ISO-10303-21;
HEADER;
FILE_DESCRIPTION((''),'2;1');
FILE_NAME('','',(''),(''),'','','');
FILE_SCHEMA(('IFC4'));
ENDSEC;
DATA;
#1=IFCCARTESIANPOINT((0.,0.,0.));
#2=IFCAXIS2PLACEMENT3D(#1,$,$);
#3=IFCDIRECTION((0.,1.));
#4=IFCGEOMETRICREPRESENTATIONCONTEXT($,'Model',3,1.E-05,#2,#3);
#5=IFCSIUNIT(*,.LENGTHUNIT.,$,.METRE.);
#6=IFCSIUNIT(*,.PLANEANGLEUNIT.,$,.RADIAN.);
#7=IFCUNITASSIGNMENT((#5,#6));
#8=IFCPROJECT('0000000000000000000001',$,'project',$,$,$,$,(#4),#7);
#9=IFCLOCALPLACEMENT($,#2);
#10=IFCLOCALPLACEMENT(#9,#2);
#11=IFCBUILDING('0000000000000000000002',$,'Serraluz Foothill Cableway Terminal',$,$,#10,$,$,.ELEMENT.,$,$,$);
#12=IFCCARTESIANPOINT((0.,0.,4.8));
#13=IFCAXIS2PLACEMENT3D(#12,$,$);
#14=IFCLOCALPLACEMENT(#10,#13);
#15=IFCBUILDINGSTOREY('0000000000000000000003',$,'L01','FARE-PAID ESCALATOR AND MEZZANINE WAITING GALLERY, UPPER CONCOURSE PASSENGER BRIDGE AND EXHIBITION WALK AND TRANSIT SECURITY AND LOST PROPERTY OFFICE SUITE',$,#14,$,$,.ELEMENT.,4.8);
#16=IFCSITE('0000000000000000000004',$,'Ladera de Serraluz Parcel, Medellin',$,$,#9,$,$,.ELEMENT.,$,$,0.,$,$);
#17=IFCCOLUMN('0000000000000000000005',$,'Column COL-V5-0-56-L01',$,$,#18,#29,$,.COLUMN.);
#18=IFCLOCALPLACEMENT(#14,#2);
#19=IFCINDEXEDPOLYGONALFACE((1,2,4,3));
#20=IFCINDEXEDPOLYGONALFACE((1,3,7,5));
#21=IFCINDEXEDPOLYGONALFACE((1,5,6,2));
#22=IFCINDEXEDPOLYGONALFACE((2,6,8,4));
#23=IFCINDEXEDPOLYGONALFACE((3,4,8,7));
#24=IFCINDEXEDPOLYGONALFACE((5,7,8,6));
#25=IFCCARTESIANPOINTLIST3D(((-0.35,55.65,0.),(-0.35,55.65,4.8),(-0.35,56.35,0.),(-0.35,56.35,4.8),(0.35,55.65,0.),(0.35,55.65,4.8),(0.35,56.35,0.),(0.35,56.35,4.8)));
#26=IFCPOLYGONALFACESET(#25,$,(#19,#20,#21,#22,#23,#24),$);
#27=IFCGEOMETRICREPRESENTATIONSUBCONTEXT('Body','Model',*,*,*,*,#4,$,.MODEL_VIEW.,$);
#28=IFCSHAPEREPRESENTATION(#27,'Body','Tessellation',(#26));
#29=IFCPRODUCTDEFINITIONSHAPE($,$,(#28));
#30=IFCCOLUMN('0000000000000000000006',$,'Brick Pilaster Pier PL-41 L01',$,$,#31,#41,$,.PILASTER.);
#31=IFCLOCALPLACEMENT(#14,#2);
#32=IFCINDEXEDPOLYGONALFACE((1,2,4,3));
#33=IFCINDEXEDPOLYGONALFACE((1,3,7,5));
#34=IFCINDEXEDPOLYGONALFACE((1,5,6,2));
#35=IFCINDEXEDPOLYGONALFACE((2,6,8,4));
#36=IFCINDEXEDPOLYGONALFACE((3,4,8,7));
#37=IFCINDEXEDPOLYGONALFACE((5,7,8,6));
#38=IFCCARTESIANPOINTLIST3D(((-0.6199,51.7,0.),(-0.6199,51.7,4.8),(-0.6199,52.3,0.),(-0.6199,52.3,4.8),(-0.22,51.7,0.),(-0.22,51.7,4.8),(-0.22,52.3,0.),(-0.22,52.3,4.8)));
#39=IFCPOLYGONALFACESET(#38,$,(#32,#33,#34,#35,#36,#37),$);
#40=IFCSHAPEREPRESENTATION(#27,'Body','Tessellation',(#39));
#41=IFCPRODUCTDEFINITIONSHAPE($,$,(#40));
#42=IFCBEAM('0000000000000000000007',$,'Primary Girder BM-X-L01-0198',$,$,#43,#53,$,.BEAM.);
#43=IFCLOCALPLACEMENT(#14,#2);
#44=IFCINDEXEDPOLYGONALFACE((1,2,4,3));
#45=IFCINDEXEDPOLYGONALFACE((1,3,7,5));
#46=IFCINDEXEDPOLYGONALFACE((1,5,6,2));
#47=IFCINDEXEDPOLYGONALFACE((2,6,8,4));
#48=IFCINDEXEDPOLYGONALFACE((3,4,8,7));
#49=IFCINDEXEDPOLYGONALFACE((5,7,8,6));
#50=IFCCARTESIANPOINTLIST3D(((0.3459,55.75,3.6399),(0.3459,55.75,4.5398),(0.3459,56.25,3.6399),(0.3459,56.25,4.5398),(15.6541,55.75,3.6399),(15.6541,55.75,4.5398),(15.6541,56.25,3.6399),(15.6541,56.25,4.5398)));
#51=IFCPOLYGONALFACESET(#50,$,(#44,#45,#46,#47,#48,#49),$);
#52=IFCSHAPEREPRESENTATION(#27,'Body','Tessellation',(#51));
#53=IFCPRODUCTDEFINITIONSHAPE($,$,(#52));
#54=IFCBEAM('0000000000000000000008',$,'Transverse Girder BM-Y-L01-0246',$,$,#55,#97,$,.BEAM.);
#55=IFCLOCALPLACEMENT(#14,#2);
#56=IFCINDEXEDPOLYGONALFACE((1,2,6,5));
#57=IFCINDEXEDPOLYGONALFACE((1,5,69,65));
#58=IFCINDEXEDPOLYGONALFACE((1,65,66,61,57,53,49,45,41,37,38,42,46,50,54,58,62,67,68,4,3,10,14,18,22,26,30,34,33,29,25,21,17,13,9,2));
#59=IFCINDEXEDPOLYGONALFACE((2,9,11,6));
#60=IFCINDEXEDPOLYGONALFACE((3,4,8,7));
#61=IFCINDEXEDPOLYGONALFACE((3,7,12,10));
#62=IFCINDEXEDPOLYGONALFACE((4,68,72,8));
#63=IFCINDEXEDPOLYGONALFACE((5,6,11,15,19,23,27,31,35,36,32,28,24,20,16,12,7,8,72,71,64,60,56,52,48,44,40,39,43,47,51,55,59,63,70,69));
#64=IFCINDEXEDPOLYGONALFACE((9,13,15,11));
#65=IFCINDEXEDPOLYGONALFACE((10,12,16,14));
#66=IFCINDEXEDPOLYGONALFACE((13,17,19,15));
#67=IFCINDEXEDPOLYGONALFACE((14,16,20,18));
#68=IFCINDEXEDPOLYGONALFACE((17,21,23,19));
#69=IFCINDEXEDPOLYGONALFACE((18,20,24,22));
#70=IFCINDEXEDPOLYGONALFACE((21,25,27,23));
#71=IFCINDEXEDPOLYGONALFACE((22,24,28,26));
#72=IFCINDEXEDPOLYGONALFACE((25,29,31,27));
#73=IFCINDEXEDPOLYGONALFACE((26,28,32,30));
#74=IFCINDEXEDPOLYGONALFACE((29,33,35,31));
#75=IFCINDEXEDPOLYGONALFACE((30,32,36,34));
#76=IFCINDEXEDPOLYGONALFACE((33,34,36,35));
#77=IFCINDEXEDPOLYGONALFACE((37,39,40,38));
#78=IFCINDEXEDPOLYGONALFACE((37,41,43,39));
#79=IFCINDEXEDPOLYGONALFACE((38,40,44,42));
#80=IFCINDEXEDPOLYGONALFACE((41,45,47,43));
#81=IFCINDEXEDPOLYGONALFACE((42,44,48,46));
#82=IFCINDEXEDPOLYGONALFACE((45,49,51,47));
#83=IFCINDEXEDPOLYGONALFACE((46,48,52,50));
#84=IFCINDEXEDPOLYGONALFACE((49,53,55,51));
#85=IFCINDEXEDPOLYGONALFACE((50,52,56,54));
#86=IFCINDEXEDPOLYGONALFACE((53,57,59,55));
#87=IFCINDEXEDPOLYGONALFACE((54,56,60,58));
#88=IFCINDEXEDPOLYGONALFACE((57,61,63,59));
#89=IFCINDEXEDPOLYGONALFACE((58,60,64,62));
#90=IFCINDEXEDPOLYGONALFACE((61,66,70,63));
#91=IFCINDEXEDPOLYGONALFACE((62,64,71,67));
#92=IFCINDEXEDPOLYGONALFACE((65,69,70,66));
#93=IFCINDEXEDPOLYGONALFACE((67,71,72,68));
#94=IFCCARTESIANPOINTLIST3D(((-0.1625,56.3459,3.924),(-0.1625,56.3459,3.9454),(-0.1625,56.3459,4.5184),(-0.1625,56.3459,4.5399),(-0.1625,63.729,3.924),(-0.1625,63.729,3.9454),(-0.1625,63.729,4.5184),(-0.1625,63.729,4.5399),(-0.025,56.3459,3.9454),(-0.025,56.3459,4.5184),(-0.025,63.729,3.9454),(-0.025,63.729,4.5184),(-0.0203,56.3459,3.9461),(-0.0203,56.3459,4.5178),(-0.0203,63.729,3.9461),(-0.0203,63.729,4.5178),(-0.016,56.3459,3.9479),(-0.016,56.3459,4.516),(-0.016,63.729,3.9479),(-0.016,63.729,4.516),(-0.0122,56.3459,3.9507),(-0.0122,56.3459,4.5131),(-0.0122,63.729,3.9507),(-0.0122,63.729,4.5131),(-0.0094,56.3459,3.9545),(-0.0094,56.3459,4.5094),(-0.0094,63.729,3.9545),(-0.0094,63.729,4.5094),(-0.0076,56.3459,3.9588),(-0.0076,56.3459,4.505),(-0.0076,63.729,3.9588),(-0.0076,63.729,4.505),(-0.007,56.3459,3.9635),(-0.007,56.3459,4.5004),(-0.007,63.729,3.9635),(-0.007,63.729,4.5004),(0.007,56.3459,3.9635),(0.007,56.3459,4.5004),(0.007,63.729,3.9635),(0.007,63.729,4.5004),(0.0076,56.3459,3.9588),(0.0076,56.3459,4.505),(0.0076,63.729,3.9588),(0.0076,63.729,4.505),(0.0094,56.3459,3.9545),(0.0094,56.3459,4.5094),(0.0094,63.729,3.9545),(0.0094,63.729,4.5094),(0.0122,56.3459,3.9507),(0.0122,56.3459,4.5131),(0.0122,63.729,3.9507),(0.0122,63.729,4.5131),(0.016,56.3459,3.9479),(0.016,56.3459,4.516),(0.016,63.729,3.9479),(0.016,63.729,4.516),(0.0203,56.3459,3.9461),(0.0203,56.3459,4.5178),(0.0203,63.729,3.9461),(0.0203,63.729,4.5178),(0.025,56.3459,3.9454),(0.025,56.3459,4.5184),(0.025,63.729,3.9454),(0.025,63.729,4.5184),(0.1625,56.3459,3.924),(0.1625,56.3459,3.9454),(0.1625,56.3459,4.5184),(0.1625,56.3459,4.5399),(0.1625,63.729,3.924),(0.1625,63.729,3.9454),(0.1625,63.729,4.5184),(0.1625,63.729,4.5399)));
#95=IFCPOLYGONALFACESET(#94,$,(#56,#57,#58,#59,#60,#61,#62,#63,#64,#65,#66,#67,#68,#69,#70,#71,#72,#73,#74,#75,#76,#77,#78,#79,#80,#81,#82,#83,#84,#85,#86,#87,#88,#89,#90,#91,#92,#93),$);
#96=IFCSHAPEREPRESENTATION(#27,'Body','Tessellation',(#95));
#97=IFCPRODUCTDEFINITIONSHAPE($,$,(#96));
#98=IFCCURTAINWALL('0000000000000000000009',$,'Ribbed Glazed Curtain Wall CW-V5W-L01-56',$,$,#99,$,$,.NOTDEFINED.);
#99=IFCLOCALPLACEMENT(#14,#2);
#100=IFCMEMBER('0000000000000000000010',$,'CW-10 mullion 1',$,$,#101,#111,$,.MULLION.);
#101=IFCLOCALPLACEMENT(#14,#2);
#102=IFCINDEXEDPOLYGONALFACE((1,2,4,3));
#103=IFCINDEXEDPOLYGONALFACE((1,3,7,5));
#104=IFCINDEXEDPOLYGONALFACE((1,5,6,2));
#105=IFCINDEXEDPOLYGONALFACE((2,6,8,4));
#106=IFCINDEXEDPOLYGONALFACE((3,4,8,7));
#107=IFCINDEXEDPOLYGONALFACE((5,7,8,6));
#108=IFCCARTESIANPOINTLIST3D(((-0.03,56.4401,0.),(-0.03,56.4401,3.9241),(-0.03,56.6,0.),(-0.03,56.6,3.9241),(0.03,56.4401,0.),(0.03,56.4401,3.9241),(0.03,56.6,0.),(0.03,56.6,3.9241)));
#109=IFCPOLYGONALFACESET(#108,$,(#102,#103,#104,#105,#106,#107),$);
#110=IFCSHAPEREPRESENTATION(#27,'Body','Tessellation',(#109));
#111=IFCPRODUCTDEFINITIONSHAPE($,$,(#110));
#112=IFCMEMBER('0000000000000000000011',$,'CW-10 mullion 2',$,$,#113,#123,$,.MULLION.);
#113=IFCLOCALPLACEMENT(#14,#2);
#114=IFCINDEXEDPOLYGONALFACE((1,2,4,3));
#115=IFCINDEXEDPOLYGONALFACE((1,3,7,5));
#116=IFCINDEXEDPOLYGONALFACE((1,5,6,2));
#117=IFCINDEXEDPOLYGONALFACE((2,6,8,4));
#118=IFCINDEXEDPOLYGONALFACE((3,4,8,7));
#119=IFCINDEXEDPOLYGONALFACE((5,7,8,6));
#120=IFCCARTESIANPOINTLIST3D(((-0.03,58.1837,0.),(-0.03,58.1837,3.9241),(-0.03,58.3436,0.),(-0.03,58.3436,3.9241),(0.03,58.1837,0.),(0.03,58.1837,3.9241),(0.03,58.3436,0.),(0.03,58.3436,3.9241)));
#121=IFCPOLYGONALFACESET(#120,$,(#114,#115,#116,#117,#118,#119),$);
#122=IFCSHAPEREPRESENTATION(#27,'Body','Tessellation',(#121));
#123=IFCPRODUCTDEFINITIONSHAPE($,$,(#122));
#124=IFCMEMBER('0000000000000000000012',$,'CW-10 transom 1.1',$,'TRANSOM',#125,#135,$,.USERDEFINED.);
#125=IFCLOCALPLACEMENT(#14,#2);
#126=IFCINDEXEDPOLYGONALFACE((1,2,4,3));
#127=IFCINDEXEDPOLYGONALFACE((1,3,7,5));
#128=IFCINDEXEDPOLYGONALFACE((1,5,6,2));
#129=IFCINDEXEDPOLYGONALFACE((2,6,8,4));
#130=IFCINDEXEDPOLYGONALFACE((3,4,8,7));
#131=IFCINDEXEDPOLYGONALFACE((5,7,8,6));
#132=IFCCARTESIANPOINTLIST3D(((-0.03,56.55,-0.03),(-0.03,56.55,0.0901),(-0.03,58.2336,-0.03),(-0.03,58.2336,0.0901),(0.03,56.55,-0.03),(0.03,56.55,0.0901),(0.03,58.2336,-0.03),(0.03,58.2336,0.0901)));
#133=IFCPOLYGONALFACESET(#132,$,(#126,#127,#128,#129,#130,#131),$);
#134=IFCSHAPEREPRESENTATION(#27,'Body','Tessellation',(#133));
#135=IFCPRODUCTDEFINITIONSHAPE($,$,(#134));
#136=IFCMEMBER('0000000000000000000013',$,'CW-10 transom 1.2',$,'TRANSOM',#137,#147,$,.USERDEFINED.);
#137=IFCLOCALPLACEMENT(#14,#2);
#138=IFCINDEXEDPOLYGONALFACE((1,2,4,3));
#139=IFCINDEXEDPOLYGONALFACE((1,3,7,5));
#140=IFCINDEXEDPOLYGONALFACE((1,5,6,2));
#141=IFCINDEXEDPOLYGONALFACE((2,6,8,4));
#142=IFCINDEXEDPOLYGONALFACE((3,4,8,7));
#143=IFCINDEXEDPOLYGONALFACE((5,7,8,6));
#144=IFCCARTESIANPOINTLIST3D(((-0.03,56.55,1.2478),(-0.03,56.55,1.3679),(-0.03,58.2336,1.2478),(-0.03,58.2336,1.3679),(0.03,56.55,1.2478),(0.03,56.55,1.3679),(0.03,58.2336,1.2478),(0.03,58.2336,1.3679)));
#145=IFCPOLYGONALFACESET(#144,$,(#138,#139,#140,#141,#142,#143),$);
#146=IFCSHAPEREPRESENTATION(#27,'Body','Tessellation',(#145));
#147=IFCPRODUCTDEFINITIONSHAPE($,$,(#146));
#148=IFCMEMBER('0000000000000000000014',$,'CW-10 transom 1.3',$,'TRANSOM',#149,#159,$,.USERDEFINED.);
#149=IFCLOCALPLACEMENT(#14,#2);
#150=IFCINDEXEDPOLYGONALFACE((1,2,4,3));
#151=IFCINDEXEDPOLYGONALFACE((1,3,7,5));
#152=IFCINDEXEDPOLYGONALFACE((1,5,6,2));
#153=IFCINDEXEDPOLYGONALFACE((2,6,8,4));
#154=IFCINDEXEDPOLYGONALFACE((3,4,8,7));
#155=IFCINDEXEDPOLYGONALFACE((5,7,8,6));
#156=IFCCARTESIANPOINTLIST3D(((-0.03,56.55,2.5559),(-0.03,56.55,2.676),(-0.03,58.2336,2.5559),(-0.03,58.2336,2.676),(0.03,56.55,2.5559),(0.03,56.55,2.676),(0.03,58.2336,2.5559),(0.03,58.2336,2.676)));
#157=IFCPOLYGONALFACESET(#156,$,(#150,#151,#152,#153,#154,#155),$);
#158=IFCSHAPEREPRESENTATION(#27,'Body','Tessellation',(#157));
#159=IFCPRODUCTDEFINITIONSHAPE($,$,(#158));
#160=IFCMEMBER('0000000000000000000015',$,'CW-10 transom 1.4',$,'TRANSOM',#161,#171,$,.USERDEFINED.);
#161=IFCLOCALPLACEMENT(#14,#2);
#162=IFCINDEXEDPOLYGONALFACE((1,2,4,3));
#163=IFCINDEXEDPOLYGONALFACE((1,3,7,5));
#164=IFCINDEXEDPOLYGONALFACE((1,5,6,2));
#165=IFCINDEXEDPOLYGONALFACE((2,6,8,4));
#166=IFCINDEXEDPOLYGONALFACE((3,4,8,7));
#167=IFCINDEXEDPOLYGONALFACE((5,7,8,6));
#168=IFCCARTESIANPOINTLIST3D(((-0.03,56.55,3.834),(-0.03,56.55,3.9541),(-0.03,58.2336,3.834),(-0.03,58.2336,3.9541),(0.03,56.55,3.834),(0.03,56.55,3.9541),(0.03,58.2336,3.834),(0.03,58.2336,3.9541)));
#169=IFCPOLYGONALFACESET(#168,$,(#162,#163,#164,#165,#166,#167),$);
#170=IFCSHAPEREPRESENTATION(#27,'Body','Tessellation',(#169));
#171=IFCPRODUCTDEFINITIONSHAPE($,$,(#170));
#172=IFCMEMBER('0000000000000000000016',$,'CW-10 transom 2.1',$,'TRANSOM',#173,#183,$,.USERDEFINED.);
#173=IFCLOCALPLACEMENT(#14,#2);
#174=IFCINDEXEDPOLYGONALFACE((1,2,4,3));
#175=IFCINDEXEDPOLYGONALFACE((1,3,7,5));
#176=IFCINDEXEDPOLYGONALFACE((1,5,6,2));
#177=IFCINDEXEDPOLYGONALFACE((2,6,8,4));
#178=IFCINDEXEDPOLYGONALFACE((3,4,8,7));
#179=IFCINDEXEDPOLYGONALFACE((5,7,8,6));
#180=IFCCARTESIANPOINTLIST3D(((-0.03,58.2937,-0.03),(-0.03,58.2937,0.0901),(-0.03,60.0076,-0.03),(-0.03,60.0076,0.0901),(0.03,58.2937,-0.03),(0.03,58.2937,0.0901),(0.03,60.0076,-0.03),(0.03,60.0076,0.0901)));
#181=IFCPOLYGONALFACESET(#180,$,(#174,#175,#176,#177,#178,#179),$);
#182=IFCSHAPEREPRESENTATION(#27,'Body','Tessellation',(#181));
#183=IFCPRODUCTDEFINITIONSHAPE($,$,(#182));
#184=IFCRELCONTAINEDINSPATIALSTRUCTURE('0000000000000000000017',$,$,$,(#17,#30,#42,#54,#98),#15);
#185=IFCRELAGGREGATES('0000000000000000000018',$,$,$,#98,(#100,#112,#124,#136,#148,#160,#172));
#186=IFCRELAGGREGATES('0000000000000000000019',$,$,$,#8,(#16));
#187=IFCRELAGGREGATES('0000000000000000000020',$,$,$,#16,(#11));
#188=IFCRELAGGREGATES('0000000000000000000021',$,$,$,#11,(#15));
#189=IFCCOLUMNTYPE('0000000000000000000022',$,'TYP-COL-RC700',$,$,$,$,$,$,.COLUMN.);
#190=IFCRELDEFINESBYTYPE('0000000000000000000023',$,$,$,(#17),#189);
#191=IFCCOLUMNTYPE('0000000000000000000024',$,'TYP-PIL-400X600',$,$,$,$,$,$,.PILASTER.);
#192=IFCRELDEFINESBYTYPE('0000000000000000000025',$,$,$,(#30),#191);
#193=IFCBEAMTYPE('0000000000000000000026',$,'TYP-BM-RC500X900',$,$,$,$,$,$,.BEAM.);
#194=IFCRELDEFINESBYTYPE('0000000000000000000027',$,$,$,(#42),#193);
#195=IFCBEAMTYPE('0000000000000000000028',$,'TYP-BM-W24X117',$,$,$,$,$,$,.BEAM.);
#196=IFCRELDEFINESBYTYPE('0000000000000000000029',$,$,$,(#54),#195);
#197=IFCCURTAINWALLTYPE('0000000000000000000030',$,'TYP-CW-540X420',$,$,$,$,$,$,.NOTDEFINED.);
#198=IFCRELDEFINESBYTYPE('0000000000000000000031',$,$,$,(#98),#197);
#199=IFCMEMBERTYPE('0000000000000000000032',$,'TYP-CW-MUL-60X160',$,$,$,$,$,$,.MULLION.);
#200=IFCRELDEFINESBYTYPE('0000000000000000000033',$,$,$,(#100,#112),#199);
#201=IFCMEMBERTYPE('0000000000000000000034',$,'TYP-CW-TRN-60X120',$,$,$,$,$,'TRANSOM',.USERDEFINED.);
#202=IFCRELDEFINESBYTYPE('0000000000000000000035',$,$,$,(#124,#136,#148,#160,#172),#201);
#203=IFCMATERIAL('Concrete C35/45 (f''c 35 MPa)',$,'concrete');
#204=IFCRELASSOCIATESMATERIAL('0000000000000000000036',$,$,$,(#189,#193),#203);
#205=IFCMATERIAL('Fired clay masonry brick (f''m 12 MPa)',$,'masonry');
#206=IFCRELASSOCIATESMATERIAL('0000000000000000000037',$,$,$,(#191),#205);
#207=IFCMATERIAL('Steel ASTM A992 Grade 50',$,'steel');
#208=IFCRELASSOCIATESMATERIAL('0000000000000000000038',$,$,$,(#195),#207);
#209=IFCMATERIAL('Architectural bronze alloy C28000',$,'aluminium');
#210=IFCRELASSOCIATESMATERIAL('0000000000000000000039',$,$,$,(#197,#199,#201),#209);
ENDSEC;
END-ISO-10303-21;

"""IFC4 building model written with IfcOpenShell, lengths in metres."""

from ifc_helpers import new_model, si_unit, direction, frame, origin, origin_2d, place, context, subcontext, project, spatial, rectangle, i_section, extrude, material, material_profile, profile_set, type_object, element, aggregate, save


model = new_model("IFC4")

# Units and contexts
model_context = context("Model", 3, precision=1e-05, world=origin(), true_north=direction((0.0, 1.0)))
body_context = subcontext(model_context, "Body", "Model", "MODEL_VIEW")
ifc_project = project(units=[si_unit("LENGTHUNIT", "METRE"), si_unit("PLANEANGLEUNIT", "RADIAN")], contexts=[model_context])

# Site, building, storey
site_placement = place(None, origin())
site = spatial("IfcSite", under=ifc_project, at=site_placement, Name="Ladera de Serraluz Parcel, Medellin", CompositionType="ELEMENT", RefElevation=0.0)
building_placement = place(site_placement, origin())
building = spatial("IfcBuilding", under=site, at=building_placement, Name="Serraluz Foothill Cableway Terminal", CompositionType="ELEMENT")
storey_placement = place(building_placement, frame((0.0, 0.0, 4.8)))
storey = spatial("IfcBuildingStorey", under=building, at=storey_placement, Name="L01", Description="FARE-PAID ESCALATOR AND MEZZANINE WAITING GALLERY, UPPER CONCOURSE PASSENGER BRIDGE AND EXHIBITION WALK AND TRANSIT SECURITY AND LOST PROPERTY OFFICE SUITE", CompositionType="ELEMENT", Elevation=4.8)

# Columns
ifc_material_1 = material(Name="Concrete C35/45 (f'c 35 MPa)", Category="concrete")
ifc_material_profile_1 = material_profile(ifc_material_1, rectangle(XDim=0.7, YDim=0.7, at=origin_2d()), Name="RC 700x700")
ifc_profile_set_1 = profile_set([ifc_material_profile_1], Name="Concrete C35/45 (f'c 35 MPa)")
column_type_1 = type_object("IfcColumnType", Name="TYP-COL-RC700", PredefinedType="COLUMN", material=ifc_profile_set_1)
column_1_placement = place(storey_placement, frame((0.0, 56.0, 0.0), z_axis=(0.0, 0.0, 1.0), x_axis=(1.0, 0.0, 0.0)))
element("IfcColumn", 1, at=column_1_placement, inside=storey, type_object=column_type_1, Name="Column COL-V5-0-56-L01", PredefinedType="COLUMN", context=body_context, shape_type="SweptSolid", body=[
    extrude(rectangle(XDim=0.7, YDim=0.7, at=origin_2d()), origin(), (0.0, 0.0, 1.0), 4.8),
])
ifc_material_2 = material(Name="Fired clay masonry brick (f'm 12 MPa)", Category="masonry")
ifc_material_profile_2 = material_profile(ifc_material_2, rectangle(XDim=0.3999, YDim=0.6001, at=origin_2d()), Name="PIL 400x600")
ifc_profile_set_2 = profile_set([ifc_material_profile_2], Name="Fired clay masonry brick (f'm 12 MPa)")
column_type_2 = type_object("IfcColumnType", Name="TYP-PIL-400X600", PredefinedType="PILASTER", material=ifc_profile_set_2)
column_2_placement = place(storey_placement, frame((-0.4199, 52.0, 0.0), z_axis=(0.0, 0.0, 1.0), x_axis=(1.0, 0.0, 0.0)))
element("IfcColumn", 2, at=column_2_placement, inside=storey, type_object=column_type_2, Name="Brick Pilaster Pier PL-41 L01", PredefinedType="PILASTER", context=body_context, shape_type="SweptSolid", body=[
    extrude(rectangle(XDim=0.3999, YDim=0.6001, at=origin_2d()), origin(), (0.0, 0.0, 1.0), 4.8),
])

# Beams
ifc_material_profile_3 = material_profile(ifc_material_1, rectangle(XDim=0.5, YDim=0.8999, at=origin_2d()), Name="RC 500x900")
ifc_profile_set_3 = profile_set([ifc_material_profile_3], Name="Concrete C35/45 (f'c 35 MPa)")
beam_type_1 = type_object("IfcBeamType", Name="TYP-BM-RC500X900", PredefinedType="BEAM", material=ifc_profile_set_3)
beam_1_placement = place(storey_placement, frame((0.3459, 56.0, 4.0898), z_axis=(1.0, 0.0, 0.0), x_axis=(0.0, 1.0, 0.0)))
element("IfcBeam", 3, at=beam_1_placement, inside=storey, type_object=beam_type_1, Name="Primary Girder BM-X-L01-0198", PredefinedType="BEAM", context=body_context, shape_type="SweptSolid", body=[
    extrude(rectangle(XDim=0.5, YDim=0.8999, at=origin_2d()), origin(), (0.0, 0.0, 1.0), 15.3081),
])
ifc_material_3 = material(Name="Steel ASTM A992 Grade 50", Category="steel")
ifc_material_profile_4 = material_profile(ifc_material_3, i_section(OverallWidth=0.325, OverallDepth=0.616, WebThickness=0.0139, FlangeThickness=0.0215, FilletRadius=0.0181, at=origin_2d()), Name="W24X117")
ifc_profile_set_4 = profile_set([ifc_material_profile_4], Name="Steel ASTM A992 Grade 50")
beam_type_2 = type_object("IfcBeamType", Name="TYP-BM-W24X117", PredefinedType="BEAM", material=ifc_profile_set_4)
beam_2_placement = place(storey_placement, frame((0.0, 56.3459, 4.2319), z_axis=(0.0, 1.0, 0.0), x_axis=(-1.0, 0.0, 0.0)))
element("IfcBeam", 4, at=beam_2_placement, inside=storey, type_object=beam_type_2, Name="Transverse Girder BM-Y-L01-0246", PredefinedType="BEAM", context=body_context, shape_type="SweptSolid", body=[
    extrude(i_section(OverallWidth=0.325, OverallDepth=0.616, WebThickness=0.0139, FlangeThickness=0.0215, FilletRadius=0.0181, at=origin_2d()), origin(), (0.0, 0.0, 1.0), 7.3831),
])

# Curtain wall, members
ifc_material_4 = material(Name="Architectural bronze alloy C28000", Category="aluminium")
curtain_wall_type = type_object("IfcCurtainWallType", Name="TYP-CW-540X420", PredefinedType="NOTDEFINED", material=ifc_material_4)
curtain_wall_placement = place(storey_placement, origin())
curtain_wall = element("IfcCurtainWall", 5, at=curtain_wall_placement, inside=storey, type_object=curtain_wall_type, Name="Ribbed Glazed Curtain Wall CW-V5W-L01-56", PredefinedType="NOTDEFINED")
ifc_material_profile_5 = material_profile(ifc_material_4, rectangle(XDim=0.0601, YDim=0.1599, at=origin_2d()), Name="ALU MULLION 60x160")
ifc_profile_set_5 = profile_set([ifc_material_profile_5], Name="Architectural bronze alloy C28000")
member_type_1 = type_object("IfcMemberType", Name="TYP-CW-MUL-60X160", PredefinedType="MULLION", material=ifc_profile_set_5)
member_1_placement = place(storey_placement, frame((0.0, 56.52, 0.0), z_axis=(0.0, 0.0, 1.0), x_axis=(-1.0, 0.0, 0.0)))
member_1 = element("IfcMember", 6, at=member_1_placement, type_object=member_type_1, Name="CW-10 mullion 1", PredefinedType="MULLION", context=body_context, shape_type="SweptSolid", body=[
    extrude(rectangle(XDim=0.0601, YDim=0.1599, at=origin_2d()), origin(), (0.0, 0.0, 1.0), 3.9241),
])
member_2_placement = place(storey_placement, frame((0.0, 58.2637, 0.0), z_axis=(0.0, 0.0, 1.0), x_axis=(-1.0, 0.0, 0.0)))
member_2 = element("IfcMember", 7, at=member_2_placement, type_object=member_type_1, Name="CW-10 mullion 2", PredefinedType="MULLION", context=body_context, shape_type="SweptSolid", body=[
    extrude(rectangle(XDim=0.0601, YDim=0.1599, at=origin_2d()), origin(), (0.0, 0.0, 1.0), 3.9241),
])
ifc_material_profile_6 = material_profile(ifc_material_4, rectangle(XDim=0.0601, YDim=0.1201, at=origin_2d()), Name="ALU TRANSOM 60x120")
ifc_profile_set_6 = profile_set([ifc_material_profile_6], Name="Architectural bronze alloy C28000")
member_type_2 = type_object("IfcMemberType", Name="TYP-CW-TRN-60X120", ElementType="TRANSOM", PredefinedType="USERDEFINED", material=ifc_profile_set_6)
member_3_placement = place(storey_placement, frame((0.0, 56.55, 0.03), z_axis=(0.0, 1.0, 0.0), x_axis=(-1.0, 0.0, 0.0)))
member_3 = element("IfcMember", 8, at=member_3_placement, type_object=member_type_2, Name="CW-10 transom 1.1", ObjectType="TRANSOM", PredefinedType="USERDEFINED", context=body_context, shape_type="SweptSolid", body=[
    extrude(rectangle(XDim=0.0601, YDim=0.1201, at=origin_2d()), origin(), (0.0, 0.0, 1.0), 1.6836),
])
member_4_placement = place(storey_placement, frame((0.0, 56.55, 1.3079), z_axis=(0.0, 1.0, 0.0), x_axis=(-1.0, 0.0, 0.0)))
member_4 = element("IfcMember", 9, at=member_4_placement, type_object=member_type_2, Name="CW-10 transom 1.2", ObjectType="TRANSOM", PredefinedType="USERDEFINED", context=body_context, shape_type="SweptSolid", body=[
    extrude(rectangle(XDim=0.0601, YDim=0.1201, at=origin_2d()), origin(), (0.0, 0.0, 1.0), 1.6836),
])
member_5_placement = place(storey_placement, frame((0.0, 56.55, 2.616), z_axis=(0.0, 1.0, 0.0), x_axis=(-1.0, 0.0, 0.0)))
member_5 = element("IfcMember", 10, at=member_5_placement, type_object=member_type_2, Name="CW-10 transom 1.3", ObjectType="TRANSOM", PredefinedType="USERDEFINED", context=body_context, shape_type="SweptSolid", body=[
    extrude(rectangle(XDim=0.0601, YDim=0.1201, at=origin_2d()), origin(), (0.0, 0.0, 1.0), 1.6836),
])
member_6_placement = place(storey_placement, frame((0.0, 56.55, 3.894), z_axis=(0.0, 1.0, 0.0), x_axis=(-1.0, 0.0, 0.0)))
member_6 = element("IfcMember", 11, at=member_6_placement, type_object=member_type_2, Name="CW-10 transom 1.4", ObjectType="TRANSOM", PredefinedType="USERDEFINED", context=body_context, shape_type="SweptSolid", body=[
    extrude(rectangle(XDim=0.0601, YDim=0.1201, at=origin_2d()), origin(), (0.0, 0.0, 1.0), 1.6836),
])
member_7_placement = place(storey_placement, frame((0.0, 58.2937, 0.03), z_axis=(0.0, 1.0, 0.0), x_axis=(-1.0, 0.0, 0.0)))
member_7 = element("IfcMember", 12, at=member_7_placement, type_object=member_type_2, Name="CW-10 transom 2.1", ObjectType="TRANSOM", PredefinedType="USERDEFINED", context=body_context, shape_type="SweptSolid", body=[
    extrude(rectangle(XDim=0.0601, YDim=0.1201, at=origin_2d()), origin(), (0.0, 0.0, 1.0), 1.7139),
])
aggregate(curtain_wall, [member_1, member_2, member_3, member_4, member_5, member_6, member_7])

save(model, "model.ifc")
